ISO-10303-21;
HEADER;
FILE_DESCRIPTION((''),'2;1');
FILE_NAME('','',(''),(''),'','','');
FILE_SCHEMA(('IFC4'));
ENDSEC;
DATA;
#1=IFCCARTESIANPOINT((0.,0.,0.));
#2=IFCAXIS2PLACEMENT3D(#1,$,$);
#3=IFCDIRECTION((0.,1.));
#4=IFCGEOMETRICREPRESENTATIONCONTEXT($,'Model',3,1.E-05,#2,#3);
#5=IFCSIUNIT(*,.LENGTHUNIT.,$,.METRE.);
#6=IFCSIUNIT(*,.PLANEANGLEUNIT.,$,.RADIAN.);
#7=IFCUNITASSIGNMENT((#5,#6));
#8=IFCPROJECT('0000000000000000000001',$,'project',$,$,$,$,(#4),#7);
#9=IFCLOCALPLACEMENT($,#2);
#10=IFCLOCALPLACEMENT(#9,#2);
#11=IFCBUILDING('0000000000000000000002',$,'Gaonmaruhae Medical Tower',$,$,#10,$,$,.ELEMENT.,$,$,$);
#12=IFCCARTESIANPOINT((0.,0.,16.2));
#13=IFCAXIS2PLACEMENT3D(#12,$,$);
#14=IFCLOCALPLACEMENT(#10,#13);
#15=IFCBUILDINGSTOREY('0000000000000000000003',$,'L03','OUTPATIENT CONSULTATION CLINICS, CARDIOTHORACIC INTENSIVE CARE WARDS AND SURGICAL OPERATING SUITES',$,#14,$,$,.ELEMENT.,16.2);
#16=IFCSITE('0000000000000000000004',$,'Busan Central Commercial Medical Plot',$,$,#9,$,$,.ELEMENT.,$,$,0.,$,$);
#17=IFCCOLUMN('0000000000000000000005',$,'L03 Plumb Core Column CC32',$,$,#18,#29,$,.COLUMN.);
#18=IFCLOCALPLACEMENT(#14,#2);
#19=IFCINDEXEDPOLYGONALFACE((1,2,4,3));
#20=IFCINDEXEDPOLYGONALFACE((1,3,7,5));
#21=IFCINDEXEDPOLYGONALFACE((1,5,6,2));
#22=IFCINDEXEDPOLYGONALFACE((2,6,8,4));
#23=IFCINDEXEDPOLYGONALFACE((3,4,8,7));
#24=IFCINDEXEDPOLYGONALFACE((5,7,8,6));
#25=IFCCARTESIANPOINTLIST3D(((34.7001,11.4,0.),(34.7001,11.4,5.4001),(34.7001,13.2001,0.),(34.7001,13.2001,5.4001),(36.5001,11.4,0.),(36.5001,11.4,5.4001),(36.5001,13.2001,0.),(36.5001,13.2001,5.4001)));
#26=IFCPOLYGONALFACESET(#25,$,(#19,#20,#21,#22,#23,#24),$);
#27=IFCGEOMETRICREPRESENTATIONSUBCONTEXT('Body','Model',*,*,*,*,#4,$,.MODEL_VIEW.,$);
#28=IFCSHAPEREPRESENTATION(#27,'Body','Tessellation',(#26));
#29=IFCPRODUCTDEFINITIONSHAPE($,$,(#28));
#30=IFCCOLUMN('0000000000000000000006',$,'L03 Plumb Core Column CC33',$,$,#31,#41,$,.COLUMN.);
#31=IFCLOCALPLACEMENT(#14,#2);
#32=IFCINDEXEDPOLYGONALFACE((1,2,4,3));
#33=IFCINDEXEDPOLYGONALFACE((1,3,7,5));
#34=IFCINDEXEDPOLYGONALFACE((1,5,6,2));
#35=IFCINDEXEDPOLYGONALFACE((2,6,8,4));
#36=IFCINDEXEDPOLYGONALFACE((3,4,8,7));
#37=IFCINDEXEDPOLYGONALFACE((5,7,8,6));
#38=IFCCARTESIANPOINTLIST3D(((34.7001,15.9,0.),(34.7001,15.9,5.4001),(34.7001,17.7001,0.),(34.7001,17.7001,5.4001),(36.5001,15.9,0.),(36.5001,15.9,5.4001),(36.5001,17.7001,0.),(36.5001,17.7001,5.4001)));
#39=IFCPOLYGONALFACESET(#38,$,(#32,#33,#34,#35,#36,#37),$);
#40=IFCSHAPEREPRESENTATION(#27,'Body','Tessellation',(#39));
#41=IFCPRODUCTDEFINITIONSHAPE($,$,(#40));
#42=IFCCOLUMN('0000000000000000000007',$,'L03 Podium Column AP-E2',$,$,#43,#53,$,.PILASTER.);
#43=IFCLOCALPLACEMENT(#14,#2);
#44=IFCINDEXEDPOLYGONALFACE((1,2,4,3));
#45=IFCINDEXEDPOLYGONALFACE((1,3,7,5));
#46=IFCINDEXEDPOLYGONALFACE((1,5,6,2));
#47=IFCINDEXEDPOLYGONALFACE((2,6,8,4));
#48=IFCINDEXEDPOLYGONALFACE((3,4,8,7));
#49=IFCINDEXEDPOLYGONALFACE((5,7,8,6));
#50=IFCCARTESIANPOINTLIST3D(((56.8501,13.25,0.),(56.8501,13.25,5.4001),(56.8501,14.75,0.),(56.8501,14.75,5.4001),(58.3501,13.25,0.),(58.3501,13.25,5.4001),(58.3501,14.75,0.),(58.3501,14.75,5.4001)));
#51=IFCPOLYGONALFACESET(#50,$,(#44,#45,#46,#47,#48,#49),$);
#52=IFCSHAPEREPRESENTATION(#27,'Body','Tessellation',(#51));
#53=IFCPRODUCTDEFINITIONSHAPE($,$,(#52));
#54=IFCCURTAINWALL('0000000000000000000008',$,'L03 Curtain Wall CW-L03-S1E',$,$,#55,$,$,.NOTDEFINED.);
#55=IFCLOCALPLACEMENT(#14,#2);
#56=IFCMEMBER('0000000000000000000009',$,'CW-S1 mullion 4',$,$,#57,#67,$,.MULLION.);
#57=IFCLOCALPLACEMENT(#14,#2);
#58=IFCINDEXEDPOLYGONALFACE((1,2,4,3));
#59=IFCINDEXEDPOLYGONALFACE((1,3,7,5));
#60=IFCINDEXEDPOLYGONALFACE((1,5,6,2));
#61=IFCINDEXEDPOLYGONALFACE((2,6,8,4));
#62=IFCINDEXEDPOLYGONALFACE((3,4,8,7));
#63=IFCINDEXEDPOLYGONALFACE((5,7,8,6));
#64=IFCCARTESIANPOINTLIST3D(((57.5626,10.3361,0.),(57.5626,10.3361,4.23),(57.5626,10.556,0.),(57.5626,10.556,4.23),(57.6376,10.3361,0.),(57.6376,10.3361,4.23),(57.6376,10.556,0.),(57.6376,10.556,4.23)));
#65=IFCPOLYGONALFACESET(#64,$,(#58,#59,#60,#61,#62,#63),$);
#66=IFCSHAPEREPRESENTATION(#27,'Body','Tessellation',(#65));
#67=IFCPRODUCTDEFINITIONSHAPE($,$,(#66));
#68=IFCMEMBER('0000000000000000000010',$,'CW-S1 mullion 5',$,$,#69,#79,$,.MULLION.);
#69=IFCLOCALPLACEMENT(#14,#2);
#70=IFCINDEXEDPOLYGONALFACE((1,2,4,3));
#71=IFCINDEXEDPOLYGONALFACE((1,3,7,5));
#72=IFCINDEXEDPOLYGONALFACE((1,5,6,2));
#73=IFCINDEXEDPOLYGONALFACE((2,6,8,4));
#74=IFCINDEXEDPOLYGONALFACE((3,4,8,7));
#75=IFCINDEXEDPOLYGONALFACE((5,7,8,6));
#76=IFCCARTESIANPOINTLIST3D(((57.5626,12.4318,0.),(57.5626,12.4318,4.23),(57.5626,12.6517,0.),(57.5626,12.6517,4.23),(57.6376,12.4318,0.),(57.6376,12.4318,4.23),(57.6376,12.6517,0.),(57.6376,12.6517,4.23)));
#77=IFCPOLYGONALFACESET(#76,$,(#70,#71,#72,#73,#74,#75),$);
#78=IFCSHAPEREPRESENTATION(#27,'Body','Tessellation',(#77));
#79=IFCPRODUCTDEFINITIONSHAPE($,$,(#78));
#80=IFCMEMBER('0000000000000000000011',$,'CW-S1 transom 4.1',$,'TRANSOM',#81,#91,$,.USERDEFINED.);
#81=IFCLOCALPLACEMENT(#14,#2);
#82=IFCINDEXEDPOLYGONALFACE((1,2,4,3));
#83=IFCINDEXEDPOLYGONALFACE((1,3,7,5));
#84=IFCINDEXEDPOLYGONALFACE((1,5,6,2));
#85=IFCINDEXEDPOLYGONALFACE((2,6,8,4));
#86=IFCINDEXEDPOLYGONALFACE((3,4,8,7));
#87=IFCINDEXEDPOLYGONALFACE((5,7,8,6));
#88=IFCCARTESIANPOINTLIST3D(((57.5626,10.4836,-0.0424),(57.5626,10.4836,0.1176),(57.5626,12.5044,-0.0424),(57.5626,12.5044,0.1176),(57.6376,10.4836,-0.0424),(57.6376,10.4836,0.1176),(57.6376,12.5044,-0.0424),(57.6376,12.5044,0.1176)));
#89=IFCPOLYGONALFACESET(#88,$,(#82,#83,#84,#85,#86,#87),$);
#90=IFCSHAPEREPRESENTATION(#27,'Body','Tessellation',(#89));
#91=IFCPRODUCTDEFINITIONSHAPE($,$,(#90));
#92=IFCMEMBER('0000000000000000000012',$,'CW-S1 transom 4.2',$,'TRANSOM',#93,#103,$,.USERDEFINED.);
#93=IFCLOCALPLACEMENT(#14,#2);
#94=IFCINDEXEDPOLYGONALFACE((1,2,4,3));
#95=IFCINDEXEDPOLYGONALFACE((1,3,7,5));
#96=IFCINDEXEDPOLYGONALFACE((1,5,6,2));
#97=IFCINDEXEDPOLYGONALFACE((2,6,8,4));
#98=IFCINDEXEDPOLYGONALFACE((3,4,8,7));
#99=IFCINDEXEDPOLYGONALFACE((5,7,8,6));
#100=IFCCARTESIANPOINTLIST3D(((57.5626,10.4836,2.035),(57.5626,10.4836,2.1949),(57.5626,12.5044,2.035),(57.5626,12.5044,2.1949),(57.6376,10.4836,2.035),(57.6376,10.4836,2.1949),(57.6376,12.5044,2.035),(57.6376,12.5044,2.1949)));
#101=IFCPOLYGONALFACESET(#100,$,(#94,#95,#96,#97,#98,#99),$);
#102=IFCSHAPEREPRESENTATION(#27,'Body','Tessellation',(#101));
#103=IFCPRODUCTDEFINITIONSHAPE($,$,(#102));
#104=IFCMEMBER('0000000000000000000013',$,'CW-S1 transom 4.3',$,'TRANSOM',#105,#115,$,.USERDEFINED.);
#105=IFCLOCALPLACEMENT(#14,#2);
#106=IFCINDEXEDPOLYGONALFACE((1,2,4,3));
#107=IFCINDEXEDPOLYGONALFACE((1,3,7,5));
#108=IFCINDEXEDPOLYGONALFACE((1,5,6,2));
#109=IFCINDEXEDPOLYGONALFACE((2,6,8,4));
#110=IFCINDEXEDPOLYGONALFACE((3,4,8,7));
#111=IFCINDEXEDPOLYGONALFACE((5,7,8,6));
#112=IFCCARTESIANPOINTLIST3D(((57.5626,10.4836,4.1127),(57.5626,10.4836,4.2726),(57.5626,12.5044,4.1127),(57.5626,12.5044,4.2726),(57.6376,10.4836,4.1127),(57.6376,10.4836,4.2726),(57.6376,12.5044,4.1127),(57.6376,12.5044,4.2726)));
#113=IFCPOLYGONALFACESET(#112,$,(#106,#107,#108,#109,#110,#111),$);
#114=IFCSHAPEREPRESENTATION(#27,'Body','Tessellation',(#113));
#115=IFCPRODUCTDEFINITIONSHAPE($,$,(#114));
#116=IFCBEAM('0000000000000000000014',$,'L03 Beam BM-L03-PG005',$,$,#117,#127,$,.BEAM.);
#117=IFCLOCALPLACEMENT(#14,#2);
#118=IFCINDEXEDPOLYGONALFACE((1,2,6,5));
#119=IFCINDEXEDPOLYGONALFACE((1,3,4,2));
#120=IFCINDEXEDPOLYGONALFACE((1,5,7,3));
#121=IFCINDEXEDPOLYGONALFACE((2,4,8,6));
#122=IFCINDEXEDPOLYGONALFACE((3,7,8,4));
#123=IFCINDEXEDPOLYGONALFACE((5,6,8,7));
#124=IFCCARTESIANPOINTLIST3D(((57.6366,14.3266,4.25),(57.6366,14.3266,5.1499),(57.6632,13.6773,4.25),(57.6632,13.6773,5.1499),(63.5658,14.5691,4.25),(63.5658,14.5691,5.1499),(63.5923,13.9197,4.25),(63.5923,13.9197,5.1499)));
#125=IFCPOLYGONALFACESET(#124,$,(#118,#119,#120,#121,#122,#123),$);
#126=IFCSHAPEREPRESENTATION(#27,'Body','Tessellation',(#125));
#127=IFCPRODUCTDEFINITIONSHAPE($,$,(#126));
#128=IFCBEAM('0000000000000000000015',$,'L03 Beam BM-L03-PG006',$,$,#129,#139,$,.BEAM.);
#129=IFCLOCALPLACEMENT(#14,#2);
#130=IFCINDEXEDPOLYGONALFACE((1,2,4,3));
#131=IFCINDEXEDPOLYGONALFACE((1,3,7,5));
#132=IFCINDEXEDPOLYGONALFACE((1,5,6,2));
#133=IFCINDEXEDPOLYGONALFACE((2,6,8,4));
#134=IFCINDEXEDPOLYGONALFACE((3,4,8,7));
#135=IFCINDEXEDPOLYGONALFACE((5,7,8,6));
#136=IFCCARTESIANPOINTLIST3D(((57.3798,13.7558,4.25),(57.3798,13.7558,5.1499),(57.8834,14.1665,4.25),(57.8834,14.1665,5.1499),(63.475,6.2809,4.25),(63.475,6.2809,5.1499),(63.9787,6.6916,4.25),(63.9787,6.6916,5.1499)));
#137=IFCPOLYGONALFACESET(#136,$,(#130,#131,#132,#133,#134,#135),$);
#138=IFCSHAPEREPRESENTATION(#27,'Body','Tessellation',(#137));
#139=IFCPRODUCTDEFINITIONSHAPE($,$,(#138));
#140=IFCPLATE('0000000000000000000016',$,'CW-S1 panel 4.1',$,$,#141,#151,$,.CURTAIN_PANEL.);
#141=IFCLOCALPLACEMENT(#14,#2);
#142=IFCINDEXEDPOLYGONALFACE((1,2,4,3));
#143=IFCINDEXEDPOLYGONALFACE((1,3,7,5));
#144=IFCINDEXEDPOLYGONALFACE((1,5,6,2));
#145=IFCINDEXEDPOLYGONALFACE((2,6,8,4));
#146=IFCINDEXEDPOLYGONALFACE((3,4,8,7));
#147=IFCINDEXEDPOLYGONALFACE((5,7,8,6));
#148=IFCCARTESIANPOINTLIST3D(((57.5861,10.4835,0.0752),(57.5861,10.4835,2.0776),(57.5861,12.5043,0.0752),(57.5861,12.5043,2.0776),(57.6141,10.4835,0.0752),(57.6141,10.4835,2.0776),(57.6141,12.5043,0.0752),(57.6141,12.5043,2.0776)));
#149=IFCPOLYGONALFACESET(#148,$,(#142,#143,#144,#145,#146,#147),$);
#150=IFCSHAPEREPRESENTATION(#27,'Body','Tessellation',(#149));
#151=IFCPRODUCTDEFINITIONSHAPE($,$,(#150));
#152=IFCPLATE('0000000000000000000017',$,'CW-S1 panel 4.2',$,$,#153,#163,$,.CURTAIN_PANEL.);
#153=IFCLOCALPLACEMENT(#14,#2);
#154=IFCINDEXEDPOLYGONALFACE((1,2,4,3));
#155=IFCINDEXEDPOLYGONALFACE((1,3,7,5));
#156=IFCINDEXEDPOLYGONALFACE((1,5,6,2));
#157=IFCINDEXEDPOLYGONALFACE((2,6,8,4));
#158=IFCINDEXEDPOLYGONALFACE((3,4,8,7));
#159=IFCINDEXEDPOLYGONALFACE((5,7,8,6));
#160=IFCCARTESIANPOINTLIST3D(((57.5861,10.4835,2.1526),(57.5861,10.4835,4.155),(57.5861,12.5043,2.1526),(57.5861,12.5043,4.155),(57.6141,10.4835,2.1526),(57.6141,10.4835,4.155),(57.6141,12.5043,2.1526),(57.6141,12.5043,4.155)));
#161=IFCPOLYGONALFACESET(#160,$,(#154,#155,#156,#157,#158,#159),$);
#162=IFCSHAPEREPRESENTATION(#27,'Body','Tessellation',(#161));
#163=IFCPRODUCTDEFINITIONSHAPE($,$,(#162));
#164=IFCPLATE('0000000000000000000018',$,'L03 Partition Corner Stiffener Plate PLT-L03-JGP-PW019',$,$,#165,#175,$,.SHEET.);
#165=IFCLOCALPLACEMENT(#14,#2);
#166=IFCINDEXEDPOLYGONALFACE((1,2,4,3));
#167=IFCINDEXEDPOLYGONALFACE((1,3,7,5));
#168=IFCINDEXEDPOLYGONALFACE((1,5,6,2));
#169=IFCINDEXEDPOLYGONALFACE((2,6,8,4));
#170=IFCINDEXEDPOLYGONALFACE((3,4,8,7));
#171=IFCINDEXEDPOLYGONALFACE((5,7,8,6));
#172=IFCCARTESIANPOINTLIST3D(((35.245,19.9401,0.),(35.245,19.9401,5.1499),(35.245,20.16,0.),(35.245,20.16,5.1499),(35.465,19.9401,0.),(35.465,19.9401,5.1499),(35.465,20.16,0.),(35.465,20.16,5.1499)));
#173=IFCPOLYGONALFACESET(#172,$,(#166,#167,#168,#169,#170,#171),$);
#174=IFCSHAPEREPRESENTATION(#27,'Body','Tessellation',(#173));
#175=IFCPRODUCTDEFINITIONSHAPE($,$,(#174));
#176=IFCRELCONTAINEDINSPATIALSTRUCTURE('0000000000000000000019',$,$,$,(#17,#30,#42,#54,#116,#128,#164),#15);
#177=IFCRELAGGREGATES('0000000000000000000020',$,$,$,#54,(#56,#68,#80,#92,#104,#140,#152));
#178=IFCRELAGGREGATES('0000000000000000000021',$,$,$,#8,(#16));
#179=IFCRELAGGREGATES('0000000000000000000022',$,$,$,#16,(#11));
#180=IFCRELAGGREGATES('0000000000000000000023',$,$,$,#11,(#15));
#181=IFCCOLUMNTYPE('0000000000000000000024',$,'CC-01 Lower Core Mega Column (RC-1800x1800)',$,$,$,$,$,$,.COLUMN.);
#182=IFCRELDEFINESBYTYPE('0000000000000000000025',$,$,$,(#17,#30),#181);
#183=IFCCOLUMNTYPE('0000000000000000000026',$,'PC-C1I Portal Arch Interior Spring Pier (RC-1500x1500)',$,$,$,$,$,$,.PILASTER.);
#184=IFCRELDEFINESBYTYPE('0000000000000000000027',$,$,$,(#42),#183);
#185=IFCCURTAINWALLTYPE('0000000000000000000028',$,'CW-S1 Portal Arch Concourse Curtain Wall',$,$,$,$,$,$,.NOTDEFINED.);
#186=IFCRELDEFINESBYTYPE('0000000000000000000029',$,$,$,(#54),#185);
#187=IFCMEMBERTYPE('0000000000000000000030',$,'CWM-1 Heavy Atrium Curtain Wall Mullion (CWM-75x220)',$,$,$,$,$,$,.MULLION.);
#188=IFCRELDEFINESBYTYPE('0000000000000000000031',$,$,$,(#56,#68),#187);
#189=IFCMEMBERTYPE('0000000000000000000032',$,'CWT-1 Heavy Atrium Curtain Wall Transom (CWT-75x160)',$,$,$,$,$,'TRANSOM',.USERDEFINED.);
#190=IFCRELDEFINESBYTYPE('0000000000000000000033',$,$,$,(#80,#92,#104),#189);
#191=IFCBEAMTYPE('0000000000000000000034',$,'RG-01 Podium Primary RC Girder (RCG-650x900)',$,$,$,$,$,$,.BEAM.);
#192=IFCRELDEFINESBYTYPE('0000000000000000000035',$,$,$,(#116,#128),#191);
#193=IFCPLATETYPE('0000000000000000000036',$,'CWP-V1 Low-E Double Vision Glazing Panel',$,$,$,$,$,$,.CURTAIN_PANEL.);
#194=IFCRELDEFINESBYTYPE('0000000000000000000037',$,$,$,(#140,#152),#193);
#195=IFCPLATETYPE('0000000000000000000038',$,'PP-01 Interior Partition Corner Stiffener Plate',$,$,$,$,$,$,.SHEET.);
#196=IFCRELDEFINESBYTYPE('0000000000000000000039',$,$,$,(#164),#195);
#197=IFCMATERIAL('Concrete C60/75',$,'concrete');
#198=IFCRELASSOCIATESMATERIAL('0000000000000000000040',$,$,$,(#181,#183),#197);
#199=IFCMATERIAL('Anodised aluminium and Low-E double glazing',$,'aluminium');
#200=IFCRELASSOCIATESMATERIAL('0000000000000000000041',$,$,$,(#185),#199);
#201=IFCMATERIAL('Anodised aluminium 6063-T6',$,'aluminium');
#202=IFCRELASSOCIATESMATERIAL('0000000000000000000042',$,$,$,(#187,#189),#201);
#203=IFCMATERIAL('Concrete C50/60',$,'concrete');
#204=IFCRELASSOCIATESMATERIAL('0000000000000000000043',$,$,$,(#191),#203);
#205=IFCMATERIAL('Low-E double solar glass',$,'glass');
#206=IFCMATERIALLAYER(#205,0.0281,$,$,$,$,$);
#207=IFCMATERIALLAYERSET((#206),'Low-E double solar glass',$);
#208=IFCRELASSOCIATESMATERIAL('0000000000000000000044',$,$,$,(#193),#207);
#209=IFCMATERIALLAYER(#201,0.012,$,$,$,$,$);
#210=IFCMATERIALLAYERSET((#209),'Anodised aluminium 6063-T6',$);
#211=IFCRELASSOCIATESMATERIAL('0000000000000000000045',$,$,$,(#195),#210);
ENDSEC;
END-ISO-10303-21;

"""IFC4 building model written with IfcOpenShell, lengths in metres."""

from ifc_helpers import new_model, si_unit, direction, frame, origin, origin_2d, place, context, subcontext, project, spatial, rectangle, extrude, material, layer, layer_set, material_profile, profile_set, type_object, element, aggregate, save


model = new_model("IFC4")

# Units and contexts
model_context = context("Model", 3, precision=1e-05, world=origin(), true_north=direction((0.0, 1.0)))
body_context = subcontext(model_context, "Body", "Model", "MODEL_VIEW")
ifc_project = project(units=[si_unit("LENGTHUNIT", "METRE"), si_unit("PLANEANGLEUNIT", "RADIAN")], contexts=[model_context])

# Site, building, storey
site_placement = place(None, origin())
site = spatial("IfcSite", under=ifc_project, at=site_placement, Name="Busan Central Commercial Medical Plot", CompositionType="ELEMENT", RefElevation=0.0)
building_placement = place(site_placement, origin())
building = spatial("IfcBuilding", under=site, at=building_placement, Name="Gaonmaruhae Medical Tower", CompositionType="ELEMENT")
storey_placement = place(building_placement, frame((0.0, 0.0, 16.2)))
storey = spatial("IfcBuildingStorey", under=building, at=storey_placement, Name="L03", Description="OUTPATIENT CONSULTATION CLINICS, CARDIOTHORACIC INTENSIVE CARE WARDS AND SURGICAL OPERATING SUITES", CompositionType="ELEMENT", Elevation=16.2)

# Columns
ifc_material_1 = material(Name="Concrete C60/75", Category="concrete")
ifc_material_profile_1 = material_profile(ifc_material_1, rectangle(XDim=1.8, YDim=1.8, at=origin_2d()), Name="RC-1800x1800")
ifc_profile_set_1 = profile_set([ifc_material_profile_1], Name="Concrete C60/75")
column_type_1 = type_object("IfcColumnType", Name="CC-01 Lower Core Mega Column (RC-1800x1800)", PredefinedType="COLUMN", material=ifc_profile_set_1)
for number, where, z_axis, x_axis, name in (
    (1, (35.6001, 12.3, 0.0), (0.0, 0.0, 1.0), (1.0, 0.0, 0.0), "L03 Plumb Core Column CC32"),
    (2, (35.6001, 16.8, 0.0), (0.0, 0.0, 1.0), (1.0, 0.0, 0.0), "L03 Plumb Core Column CC33"),
):
    element("IfcColumn", number, at=place(storey_placement, frame(where, z_axis=z_axis, x_axis=x_axis)), inside=storey, type_object=column_type_1, Name=name, PredefinedType="COLUMN", context=body_context, shape_type="SweptSolid", body=[
        extrude(rectangle(XDim=1.8, YDim=1.8, at=origin_2d()), origin(), (0.0, 0.0, 1.0), 5.4001),
    ])
ifc_material_profile_2 = material_profile(ifc_material_1, rectangle(XDim=1.5, YDim=1.5, at=origin_2d()), Name="RC-1500x1500")
ifc_profile_set_2 = profile_set([ifc_material_profile_2], Name="Concrete C60/75")
column_type_2 = type_object("IfcColumnType", Name="PC-C1I Portal Arch Interior Spring Pier (RC-1500x1500)", PredefinedType="PILASTER", material=ifc_profile_set_2)
column_placement = place(storey_placement, frame((57.6001, 14.0, 0.0), z_axis=(0.0, 0.0, 1.0), x_axis=(1.0, 0.0, 0.0)))
element("IfcColumn", 3, at=column_placement, inside=storey, type_object=column_type_2, Name="L03 Podium Column AP-E2", PredefinedType="PILASTER", context=body_context, shape_type="SweptSolid", body=[
    extrude(rectangle(XDim=1.5, YDim=1.5, at=origin_2d()), origin(), (0.0, 0.0, 1.0), 5.4001),
])

# Curtain wall, members
ifc_material_2 = material(Name="Anodised aluminium and Low-E double glazing", Category="aluminium")
curtain_wall_type = type_object("IfcCurtainWallType", Name="CW-S1 Portal Arch Concourse Curtain Wall", PredefinedType="NOTDEFINED", material=ifc_material_2)
curtain_wall_placement = place(storey_placement, origin())
curtain_wall = element("IfcCurtainWall", 4, at=curtain_wall_placement, inside=storey, type_object=curtain_wall_type, Name="L03 Curtain Wall CW-L03-S1E", PredefinedType="NOTDEFINED")
ifc_material_3 = material(Name="Anodised aluminium 6063-T6", Category="aluminium")
ifc_material_profile_3 = material_profile(ifc_material_3, rectangle(XDim=0.075, YDim=0.22, at=origin_2d()), Name="CWM-75x220")
ifc_profile_set_3 = profile_set([ifc_material_profile_3], Name="Anodised aluminium 6063-T6")
member_type_1 = type_object("IfcMemberType", Name="CWM-1 Heavy Atrium Curtain Wall Mullion (CWM-75x220)", PredefinedType="MULLION", material=ifc_profile_set_3)
member_1_placement = place(storey_placement, frame((57.6001, 10.446, 0.0), z_axis=(0.0, 0.0, 1.0), x_axis=(-1.0, 0.0, 0.0)))
member_1 = element("IfcMember", 5, at=member_1_placement, type_object=member_type_1, Name="CW-S1 mullion 4", PredefinedType="MULLION", context=body_context, shape_type="SweptSolid", body=[
    extrude(rectangle(XDim=0.075, YDim=0.22, at=origin_2d()), origin(), (0.0, 0.0, 1.0), 4.23),
])
member_2_placement = place(storey_placement, frame((57.6001, 12.5417, 0.0), z_axis=(0.0, 0.0, 1.0), x_axis=(-1.0, 0.0, 0.0)))
member_2 = element("IfcMember", 6, at=member_2_placement, type_object=member_type_1, Name="CW-S1 mullion 5", PredefinedType="MULLION", context=body_context, shape_type="SweptSolid", body=[
    extrude(rectangle(XDim=0.075, YDim=0.22, at=origin_2d()), origin(), (0.0, 0.0, 1.0), 4.23),
])
ifc_material_profile_4 = material_profile(ifc_material_3, rectangle(XDim=0.075, YDim=0.1599, at=origin_2d()), Name="CWT-75x160")
ifc_profile_set_4 = profile_set([ifc_material_profile_4], Name="Anodised aluminium 6063-T6")
member_type_2 = type_object("IfcMemberType", Name="CWT-1 Heavy Atrium Curtain Wall Transom (CWT-75x160)", ElementType="TRANSOM", PredefinedType="USERDEFINED", material=ifc_profile_set_4)
member_3_placement = place(storey_placement, frame((57.6001, 10.4836, 0.0376), z_axis=(0.0, 1.0, 0.0), x_axis=(-1.0, 0.0, 0.0)))
member_3 = element("IfcMember", 7, at=member_3_placement, type_object=member_type_2, Name="CW-S1 transom 4.1", ObjectType="TRANSOM", PredefinedType="USERDEFINED", context=body_context, shape_type="SweptSolid", body=[
    extrude(rectangle(XDim=0.075, YDim=0.1599, at=origin_2d()), origin(), (0.0, 0.0, 1.0), 2.0208),
])
member_4_placement = place(storey_placement, frame((57.6001, 10.4836, 2.115), z_axis=(0.0, 1.0, 0.0), x_axis=(-1.0, 0.0, 0.0)))
member_4 = element("IfcMember", 8, at=member_4_placement, type_object=member_type_2, Name="CW-S1 transom 4.2", ObjectType="TRANSOM", PredefinedType="USERDEFINED", context=body_context, shape_type="SweptSolid", body=[
    extrude(rectangle(XDim=0.075, YDim=0.1599, at=origin_2d()), origin(), (0.0, 0.0, 1.0), 2.0208),
])
member_5_placement = place(storey_placement, frame((57.6001, 10.4836, 4.1926), z_axis=(0.0, 1.0, 0.0), x_axis=(-1.0, 0.0, 0.0)))
member_5 = element("IfcMember", 9, at=member_5_placement, type_object=member_type_2, Name="CW-S1 transom 4.3", ObjectType="TRANSOM", PredefinedType="USERDEFINED", context=body_context, shape_type="SweptSolid", body=[
    extrude(rectangle(XDim=0.075, YDim=0.1599, at=origin_2d()), origin(), (0.0, 0.0, 1.0), 2.0208),
])

# Beams
ifc_material_4 = material(Name="Concrete C50/60", Category="concrete")
ifc_material_profile_5 = material_profile(ifc_material_4, rectangle(XDim=0.6499, YDim=0.8999, at=origin_2d()), Name="RCG-650x900")
ifc_profile_set_5 = profile_set([ifc_material_profile_5], Name="Concrete C50/60")
beam_type = type_object("IfcBeamType", Name="RG-01 Podium Primary RC Girder (RCG-650x900)", PredefinedType="BEAM", material=ifc_profile_set_5)
beam_1_placement = place(storey_placement, frame((57.6499, 14.002, 4.7), z_axis=(0.999165, 0.040854, 0.0), x_axis=(-0.040854, 0.999165, 0.0)))
element("IfcBeam", 10, at=beam_1_placement, inside=storey, type_object=beam_type, Name="L03 Beam BM-L03-PG005", PredefinedType="BEAM", context=body_context, shape_type="SweptSolid", body=[
    extrude(rectangle(XDim=0.6499, YDim=0.8999, at=origin_2d()), origin(), (0.0, 0.0, 1.0), 5.9341),
])
beam_2_placement = place(storey_placement, frame((57.6316, 13.9612, 4.7), z_axis=(0.631959, -0.775002, 0.0), x_axis=(0.775002, 0.631959, 0.0)))
element("IfcBeam", 11, at=beam_2_placement, inside=storey, type_object=beam_type, Name="L03 Beam BM-L03-PG006", PredefinedType="BEAM", context=body_context, shape_type="SweptSolid", body=[
    extrude(rectangle(XDim=0.6499, YDim=0.8999, at=origin_2d()), origin(), (0.0, 0.0, 1.0), 9.645),
])

# Plates
ifc_material_5 = material(Name="Low-E double solar glass", Category="glass")
ifc_layer_1 = layer(ifc_material_5, 0.0281)
ifc_layer_set_1 = layer_set([ifc_layer_1], Name="Low-E double solar glass")
plate_type_1 = type_object("IfcPlateType", Name="CWP-V1 Low-E Double Vision Glazing Panel", PredefinedType="CURTAIN_PANEL", material=ifc_layer_set_1)
plate_1_placement = place(storey_placement, frame((57.6001, 11.4939, 0.0752), z_axis=(0.0, 0.0, 1.0), x_axis=(0.0, 1.0, 0.0)))
plate_1 = element("IfcPlate", 12, at=plate_1_placement, type_object=plate_type_1, Name="CW-S1 panel 4.1", PredefinedType="CURTAIN_PANEL", context=body_context, shape_type="SweptSolid", body=[
    extrude(rectangle(XDim=2.0208, YDim=0.0281, at=origin_2d()), origin(), (0.0, 0.0, 1.0), 2.0024),
])
plate_2_placement = place(storey_placement, frame((57.6001, 11.4939, 2.1526), z_axis=(0.0, 0.0, 1.0), x_axis=(0.0, 1.0, 0.0)))
plate_2 = element("IfcPlate", 13, at=plate_2_placement, type_object=plate_type_1, Name="CW-S1 panel 4.2", PredefinedType="CURTAIN_PANEL", context=body_context, shape_type="SweptSolid", body=[
    extrude(rectangle(XDim=2.0208, YDim=0.0281, at=origin_2d()), origin(), (0.0, 0.0, 1.0), 2.0024),
])
aggregate(curtain_wall, [member_1, member_2, member_3, member_4, member_5, plate_1, plate_2])
ifc_layer_2 = layer(ifc_material_3, 0.012)
ifc_layer_set_2 = layer_set([ifc_layer_2], Name="Anodised aluminium 6063-T6")
plate_type_2 = type_object("IfcPlateType", Name="PP-01 Interior Partition Corner Stiffener Plate", PredefinedType="SHEET", material=ifc_layer_set_2)
plate_3_placement = place(storey_placement, frame((35.355, 20.05, 0.0), z_axis=(0.0, 0.0, 1.0), x_axis=(-1.0, 0.0, 0.0)))
element("IfcPlate", 14, at=plate_3_placement, inside=storey, type_object=plate_type_2, Name="L03 Partition Corner Stiffener Plate PLT-L03-JGP-PW019", PredefinedType="SHEET", context=body_context, shape_type="SweptSolid", body=[
    extrude(rectangle(XDim=0.22, YDim=0.22, at=origin_2d()), origin(), (0.0, 0.0, 1.0), 5.1499),
])

save(model, "model.ifc")
